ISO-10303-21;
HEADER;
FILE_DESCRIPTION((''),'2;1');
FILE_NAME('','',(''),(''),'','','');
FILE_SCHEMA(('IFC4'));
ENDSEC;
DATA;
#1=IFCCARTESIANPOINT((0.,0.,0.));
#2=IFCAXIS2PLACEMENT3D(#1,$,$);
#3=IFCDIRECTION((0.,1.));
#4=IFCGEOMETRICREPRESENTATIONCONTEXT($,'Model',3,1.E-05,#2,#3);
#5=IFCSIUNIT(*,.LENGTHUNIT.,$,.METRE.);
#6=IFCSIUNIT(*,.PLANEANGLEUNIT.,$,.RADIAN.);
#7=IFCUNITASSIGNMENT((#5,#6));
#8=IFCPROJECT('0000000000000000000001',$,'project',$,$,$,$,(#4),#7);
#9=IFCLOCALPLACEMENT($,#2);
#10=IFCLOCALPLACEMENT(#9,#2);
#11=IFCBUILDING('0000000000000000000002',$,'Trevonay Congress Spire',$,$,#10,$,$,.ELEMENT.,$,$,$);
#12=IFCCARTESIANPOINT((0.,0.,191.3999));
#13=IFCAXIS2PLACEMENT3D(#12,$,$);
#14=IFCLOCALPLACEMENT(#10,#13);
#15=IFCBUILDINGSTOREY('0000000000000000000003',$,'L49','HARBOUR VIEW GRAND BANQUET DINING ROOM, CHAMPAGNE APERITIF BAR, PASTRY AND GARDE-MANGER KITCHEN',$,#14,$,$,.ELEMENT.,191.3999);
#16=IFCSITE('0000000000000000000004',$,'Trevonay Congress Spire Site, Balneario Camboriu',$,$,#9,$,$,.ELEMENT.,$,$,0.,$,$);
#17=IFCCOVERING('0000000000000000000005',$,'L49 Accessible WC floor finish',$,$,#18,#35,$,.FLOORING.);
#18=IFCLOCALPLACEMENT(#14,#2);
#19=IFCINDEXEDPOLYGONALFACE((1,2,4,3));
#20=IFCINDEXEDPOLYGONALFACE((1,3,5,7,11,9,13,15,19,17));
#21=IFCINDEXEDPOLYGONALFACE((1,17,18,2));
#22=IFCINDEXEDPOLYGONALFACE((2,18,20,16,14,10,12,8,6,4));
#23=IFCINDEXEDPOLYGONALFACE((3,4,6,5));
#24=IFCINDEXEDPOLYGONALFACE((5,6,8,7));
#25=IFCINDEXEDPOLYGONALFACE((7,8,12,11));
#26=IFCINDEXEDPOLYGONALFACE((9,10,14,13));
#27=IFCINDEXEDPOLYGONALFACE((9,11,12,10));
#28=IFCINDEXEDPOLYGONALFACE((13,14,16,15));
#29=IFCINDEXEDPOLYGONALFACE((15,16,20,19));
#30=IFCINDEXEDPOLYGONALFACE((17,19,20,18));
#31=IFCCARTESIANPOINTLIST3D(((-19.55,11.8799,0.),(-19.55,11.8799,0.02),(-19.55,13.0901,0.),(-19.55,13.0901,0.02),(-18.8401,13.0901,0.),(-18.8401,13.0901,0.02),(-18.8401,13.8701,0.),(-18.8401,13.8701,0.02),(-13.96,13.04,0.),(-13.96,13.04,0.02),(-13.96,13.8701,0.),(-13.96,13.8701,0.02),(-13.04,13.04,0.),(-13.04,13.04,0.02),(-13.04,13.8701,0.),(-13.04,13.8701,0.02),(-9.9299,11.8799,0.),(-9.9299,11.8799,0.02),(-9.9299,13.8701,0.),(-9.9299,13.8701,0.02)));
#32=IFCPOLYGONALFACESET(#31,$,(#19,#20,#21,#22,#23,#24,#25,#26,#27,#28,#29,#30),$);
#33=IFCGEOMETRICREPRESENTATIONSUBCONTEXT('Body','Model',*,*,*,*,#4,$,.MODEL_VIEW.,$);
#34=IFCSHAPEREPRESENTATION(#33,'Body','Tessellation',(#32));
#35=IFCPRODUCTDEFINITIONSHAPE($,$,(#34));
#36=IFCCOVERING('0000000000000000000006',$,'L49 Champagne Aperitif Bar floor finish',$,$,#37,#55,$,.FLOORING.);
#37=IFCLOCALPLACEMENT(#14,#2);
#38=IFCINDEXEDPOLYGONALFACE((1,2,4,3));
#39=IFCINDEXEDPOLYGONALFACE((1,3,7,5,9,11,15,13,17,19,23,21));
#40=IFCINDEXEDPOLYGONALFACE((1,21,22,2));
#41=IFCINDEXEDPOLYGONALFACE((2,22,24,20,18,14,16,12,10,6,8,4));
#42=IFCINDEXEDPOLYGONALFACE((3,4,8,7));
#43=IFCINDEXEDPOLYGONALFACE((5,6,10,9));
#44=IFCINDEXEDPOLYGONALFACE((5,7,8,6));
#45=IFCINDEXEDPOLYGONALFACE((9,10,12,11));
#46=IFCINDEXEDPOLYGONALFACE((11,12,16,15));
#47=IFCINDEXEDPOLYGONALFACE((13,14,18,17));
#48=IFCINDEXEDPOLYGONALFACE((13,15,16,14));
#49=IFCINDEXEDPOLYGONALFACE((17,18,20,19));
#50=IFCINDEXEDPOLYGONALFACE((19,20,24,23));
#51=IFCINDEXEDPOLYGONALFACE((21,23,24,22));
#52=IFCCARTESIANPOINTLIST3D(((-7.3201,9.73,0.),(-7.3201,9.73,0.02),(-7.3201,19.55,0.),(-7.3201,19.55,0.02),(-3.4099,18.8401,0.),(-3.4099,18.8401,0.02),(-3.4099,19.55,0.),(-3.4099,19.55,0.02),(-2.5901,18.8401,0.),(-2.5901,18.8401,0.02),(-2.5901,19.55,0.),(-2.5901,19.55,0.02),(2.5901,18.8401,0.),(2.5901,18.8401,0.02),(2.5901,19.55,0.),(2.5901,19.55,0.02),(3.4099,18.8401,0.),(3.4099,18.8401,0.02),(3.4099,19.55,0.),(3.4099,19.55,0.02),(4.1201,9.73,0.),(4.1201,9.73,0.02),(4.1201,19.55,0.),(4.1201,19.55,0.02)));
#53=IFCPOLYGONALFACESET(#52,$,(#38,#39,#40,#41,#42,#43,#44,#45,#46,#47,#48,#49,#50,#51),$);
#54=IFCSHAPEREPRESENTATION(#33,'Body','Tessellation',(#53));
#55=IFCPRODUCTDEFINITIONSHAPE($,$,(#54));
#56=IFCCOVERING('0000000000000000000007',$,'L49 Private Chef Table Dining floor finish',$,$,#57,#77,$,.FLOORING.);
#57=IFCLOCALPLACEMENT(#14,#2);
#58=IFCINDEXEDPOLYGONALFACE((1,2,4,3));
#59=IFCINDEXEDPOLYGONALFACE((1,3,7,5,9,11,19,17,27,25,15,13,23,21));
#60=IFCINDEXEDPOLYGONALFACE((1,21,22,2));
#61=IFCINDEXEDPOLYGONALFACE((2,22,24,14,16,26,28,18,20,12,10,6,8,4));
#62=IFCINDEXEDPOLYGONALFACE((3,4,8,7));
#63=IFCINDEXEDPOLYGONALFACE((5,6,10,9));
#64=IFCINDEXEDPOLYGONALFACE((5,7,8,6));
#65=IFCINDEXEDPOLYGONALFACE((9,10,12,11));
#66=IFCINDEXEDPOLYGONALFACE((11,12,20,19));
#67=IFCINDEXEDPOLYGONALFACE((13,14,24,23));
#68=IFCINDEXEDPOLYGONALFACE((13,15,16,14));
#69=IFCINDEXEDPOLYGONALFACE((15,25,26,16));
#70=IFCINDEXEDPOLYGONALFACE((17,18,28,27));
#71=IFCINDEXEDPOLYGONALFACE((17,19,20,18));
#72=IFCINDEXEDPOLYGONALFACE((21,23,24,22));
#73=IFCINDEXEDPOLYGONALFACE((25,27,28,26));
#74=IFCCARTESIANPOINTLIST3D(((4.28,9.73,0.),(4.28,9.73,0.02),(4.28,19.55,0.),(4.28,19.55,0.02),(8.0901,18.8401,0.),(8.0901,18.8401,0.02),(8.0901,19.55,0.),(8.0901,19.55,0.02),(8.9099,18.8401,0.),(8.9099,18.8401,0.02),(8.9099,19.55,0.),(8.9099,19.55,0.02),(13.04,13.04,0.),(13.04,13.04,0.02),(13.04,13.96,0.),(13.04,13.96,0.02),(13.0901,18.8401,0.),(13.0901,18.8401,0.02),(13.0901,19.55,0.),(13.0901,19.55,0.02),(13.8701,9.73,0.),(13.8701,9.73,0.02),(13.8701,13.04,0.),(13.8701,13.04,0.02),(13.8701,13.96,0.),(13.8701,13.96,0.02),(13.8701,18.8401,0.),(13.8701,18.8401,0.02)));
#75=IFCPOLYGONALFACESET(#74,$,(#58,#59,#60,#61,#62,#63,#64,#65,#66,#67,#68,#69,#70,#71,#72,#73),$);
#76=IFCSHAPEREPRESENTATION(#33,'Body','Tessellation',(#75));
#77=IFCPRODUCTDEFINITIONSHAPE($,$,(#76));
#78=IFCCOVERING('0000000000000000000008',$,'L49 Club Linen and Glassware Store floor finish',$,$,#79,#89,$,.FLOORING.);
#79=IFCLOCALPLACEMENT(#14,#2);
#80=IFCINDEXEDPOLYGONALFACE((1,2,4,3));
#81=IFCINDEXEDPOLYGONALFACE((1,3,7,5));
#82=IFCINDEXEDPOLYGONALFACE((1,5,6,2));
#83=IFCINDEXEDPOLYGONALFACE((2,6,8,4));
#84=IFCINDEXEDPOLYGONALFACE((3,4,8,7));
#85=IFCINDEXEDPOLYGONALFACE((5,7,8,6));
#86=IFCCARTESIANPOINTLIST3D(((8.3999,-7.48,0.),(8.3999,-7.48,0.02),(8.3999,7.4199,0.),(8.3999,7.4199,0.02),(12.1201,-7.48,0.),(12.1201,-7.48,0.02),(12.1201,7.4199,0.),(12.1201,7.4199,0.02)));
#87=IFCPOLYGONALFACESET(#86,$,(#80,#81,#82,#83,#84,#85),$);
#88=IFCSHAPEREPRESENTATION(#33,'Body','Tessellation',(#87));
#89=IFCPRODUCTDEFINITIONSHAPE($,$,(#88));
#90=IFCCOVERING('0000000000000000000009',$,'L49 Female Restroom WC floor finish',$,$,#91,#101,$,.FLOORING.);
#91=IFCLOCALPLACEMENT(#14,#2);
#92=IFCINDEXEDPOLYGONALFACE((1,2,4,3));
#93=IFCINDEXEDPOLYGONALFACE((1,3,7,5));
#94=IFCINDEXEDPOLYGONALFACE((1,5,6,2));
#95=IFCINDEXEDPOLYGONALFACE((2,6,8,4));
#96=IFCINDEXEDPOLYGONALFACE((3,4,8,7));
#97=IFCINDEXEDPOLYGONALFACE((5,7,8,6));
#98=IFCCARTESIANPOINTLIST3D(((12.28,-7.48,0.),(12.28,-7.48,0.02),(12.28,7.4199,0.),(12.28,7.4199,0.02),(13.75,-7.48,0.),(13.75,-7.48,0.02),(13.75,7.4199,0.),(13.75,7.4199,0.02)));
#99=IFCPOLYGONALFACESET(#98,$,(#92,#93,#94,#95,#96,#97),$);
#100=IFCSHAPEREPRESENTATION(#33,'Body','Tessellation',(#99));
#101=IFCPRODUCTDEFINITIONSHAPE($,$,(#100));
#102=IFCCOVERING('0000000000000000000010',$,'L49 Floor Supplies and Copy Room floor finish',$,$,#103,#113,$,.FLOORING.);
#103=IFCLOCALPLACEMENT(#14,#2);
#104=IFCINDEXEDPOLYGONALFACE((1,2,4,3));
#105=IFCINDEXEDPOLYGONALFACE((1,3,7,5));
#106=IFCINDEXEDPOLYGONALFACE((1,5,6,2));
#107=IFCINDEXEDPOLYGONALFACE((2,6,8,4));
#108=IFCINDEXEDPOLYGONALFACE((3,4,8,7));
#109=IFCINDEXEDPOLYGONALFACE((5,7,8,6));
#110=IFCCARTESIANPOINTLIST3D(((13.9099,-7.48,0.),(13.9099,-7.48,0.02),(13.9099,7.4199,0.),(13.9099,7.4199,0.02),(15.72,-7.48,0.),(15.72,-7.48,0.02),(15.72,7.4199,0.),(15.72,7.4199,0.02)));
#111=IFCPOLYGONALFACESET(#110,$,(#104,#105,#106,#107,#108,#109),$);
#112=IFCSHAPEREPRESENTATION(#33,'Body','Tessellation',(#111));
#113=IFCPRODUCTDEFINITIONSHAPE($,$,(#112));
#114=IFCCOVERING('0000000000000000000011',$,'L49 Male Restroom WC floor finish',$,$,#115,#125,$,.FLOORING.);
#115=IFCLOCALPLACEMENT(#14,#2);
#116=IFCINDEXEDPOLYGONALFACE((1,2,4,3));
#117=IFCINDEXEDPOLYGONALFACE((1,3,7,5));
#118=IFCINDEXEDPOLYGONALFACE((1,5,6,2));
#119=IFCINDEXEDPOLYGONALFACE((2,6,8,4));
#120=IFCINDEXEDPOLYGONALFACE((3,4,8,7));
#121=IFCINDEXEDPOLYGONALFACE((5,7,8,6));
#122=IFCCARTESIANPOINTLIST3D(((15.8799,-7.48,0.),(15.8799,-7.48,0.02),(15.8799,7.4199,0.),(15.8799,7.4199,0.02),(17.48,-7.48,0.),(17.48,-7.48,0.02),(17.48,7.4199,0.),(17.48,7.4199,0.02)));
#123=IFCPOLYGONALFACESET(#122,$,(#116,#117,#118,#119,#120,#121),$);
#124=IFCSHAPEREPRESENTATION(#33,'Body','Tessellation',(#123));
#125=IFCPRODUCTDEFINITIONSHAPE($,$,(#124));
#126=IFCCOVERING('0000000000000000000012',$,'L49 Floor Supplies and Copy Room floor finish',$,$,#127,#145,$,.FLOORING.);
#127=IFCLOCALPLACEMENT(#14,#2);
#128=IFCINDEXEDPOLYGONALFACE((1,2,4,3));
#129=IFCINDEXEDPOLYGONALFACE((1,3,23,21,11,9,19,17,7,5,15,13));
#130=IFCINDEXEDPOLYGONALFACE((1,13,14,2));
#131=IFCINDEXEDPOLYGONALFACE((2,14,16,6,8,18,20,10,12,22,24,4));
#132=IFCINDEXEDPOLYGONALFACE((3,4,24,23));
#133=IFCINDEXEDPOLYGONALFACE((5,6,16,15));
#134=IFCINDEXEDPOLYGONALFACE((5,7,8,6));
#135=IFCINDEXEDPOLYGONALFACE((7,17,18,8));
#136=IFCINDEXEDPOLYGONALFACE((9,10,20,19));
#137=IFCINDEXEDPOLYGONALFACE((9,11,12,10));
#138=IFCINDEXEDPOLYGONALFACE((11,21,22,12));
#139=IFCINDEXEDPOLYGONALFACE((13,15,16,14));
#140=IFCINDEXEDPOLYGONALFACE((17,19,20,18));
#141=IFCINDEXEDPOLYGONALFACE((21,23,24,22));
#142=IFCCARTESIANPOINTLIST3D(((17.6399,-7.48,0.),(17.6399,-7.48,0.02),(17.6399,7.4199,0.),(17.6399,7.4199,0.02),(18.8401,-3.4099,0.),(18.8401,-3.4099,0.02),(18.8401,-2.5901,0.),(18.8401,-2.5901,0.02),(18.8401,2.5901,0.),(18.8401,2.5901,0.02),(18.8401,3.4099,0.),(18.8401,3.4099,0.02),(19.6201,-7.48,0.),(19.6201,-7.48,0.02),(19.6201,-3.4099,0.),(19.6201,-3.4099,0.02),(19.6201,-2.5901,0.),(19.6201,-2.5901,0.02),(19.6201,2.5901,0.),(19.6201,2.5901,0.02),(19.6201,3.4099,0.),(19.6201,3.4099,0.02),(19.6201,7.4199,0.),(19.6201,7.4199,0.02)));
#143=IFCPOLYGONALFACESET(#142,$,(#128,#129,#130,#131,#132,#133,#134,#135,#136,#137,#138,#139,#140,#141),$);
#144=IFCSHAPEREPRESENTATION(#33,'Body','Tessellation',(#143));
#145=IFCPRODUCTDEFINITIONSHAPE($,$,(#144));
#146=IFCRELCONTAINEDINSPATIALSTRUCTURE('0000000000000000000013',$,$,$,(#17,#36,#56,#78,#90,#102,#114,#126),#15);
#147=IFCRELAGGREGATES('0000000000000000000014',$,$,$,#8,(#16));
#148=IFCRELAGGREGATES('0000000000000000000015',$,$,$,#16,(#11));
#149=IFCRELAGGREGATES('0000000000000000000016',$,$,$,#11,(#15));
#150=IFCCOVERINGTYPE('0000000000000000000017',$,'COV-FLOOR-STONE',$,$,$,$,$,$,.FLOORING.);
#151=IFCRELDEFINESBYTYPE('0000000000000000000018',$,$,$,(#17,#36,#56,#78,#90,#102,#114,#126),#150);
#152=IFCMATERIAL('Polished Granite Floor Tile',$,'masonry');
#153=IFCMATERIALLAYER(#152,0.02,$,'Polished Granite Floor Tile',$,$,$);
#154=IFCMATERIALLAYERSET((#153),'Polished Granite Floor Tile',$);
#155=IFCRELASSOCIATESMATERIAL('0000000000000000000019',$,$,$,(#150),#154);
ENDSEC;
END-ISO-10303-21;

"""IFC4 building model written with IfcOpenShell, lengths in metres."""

from ifc_helpers import new_model, si_unit, direction, frame, origin, place, context, subcontext, project, spatial, polyline, outline, extrude, material, layer, layer_set, type_object, element, save


model = new_model("IFC4")

# Units and contexts
model_context = context("Model", 3, precision=1e-05, world=origin(), true_north=direction((0.0, 1.0)))
body_context = subcontext(model_context, "Body", "Model", "MODEL_VIEW")
ifc_project = project(units=[si_unit("LENGTHUNIT", "METRE"), si_unit("PLANEANGLEUNIT", "RADIAN")], contexts=[model_context])

# Site, building, storey
site_placement = place(None, origin())
site = spatial("IfcSite", under=ifc_project, at=site_placement, Name="Trevonay Congress Spire Site, Balneario Camboriu", CompositionType="ELEMENT", RefElevation=0.0)
building_placement = place(site_placement, origin())
building = spatial("IfcBuilding", under=site, at=building_placement, Name="Trevonay Congress Spire", CompositionType="ELEMENT")
storey_placement = place(building_placement, frame((0.0, 0.0, 191.3999)))
storey = spatial("IfcBuildingStorey", under=building, at=storey_placement, Name="L49", Description="HARBOUR VIEW GRAND BANQUET DINING ROOM, CHAMPAGNE APERITIF BAR, PASTRY AND GARDE-MANGER KITCHEN", CompositionType="ELEMENT", Elevation=191.3999)

# Coverings
ifc_material_1 = material(Name="Polished Granite Floor Tile", Category="masonry")
ifc_layer_1 = layer(ifc_material_1, 0.02, Name="Polished Granite Floor Tile")
ifc_layer_set_1 = layer_set([ifc_layer_1], Name="Polished Granite Floor Tile")
covering_type_1 = type_object("IfcCoveringType", Name="COV-FLOOR-STONE", PredefinedType="FLOORING", material=ifc_layer_set_1)
covering_1_placement = place(storey_placement, origin())
element("IfcCovering", 1, at=covering_1_placement, inside=storey, type_object=covering_type_1, Name="L49 Accessible WC floor finish", PredefinedType="FLOORING", context=body_context, shape_type="SweptSolid", body=[
    extrude(outline(polyline([(-9.9299, 13.8701), (-9.9299, 11.8799), (-19.55, 11.8799), (-19.55, 13.0901), (-18.8401, 13.0901), (-18.8401, 13.8701), (-13.96, 13.8701), (-13.96, 13.04), (-13.04, 13.04), (-13.04, 13.8701), (-9.9299, 13.8701)])), origin(), (0.0, 0.0, 1.0), 0.02),
])
covering_2_placement = place(storey_placement, origin())
element("IfcCovering", 2, at=covering_2_placement, inside=storey, type_object=covering_type_1, Name="L49 Champagne Aperitif Bar floor finish", PredefinedType="FLOORING", context=body_context, shape_type="SweptSolid", body=[
    extrude(outline(polyline([(4.1201, 19.55), (4.1201, 9.73), (-7.3201, 9.73), (-7.3201, 19.55), (-3.4099, 19.55), (-3.4099, 18.8401), (-2.5901, 18.8401), (-2.5901, 19.55), (2.5901, 19.55), (2.5901, 18.8401), (3.4099, 18.8401), (3.4099, 19.55), (4.1201, 19.55)])), origin(), (0.0, 0.0, 1.0), 0.02),
])
covering_3_placement = place(storey_placement, origin())
element("IfcCovering", 3, at=covering_3_placement, inside=storey, type_object=covering_type_1, Name="L49 Private Chef Table Dining floor finish", PredefinedType="FLOORING", context=body_context, shape_type="SweptSolid", body=[
    extrude(outline(polyline([(13.8701, 9.73), (4.28, 9.73), (4.28, 19.55), (8.0901, 19.55), (8.0901, 18.8401), (8.9099, 18.8401), (8.9099, 19.55), (13.0901, 19.55), (13.0901, 18.8401), (13.8701, 18.8401), (13.8701, 13.96), (13.04, 13.96), (13.04, 13.04), (13.8701, 13.04), (13.8701, 9.73)])), origin(), (0.0, 0.0, 1.0), 0.02),
])
covering_4_placement = place(storey_placement, origin())
element("IfcCovering", 4, at=covering_4_placement, inside=storey, type_object=covering_type_1, Name="L49 Club Linen and Glassware Store floor finish", PredefinedType="FLOORING", context=body_context, shape_type="SweptSolid", body=[
    extrude(outline(polyline([(8.3999, -7.48), (12.1201, -7.48), (12.1201, 7.4199), (8.3999, 7.4199), (8.3999, -7.48)])), origin(), (0.0, 0.0, 1.0), 0.02),
])
covering_5_placement = place(storey_placement, origin())
element("IfcCovering", 5, at=covering_5_placement, inside=storey, type_object=covering_type_1, Name="L49 Female Restroom WC floor finish", PredefinedType="FLOORING", context=body_context, shape_type="SweptSolid", body=[
    extrude(outline(polyline([(12.28, -7.48), (13.75, -7.48), (13.75, 7.4199), (12.28, 7.4199), (12.28, -7.48)])), origin(), (0.0, 0.0, 1.0), 0.02),
])
covering_6_placement = place(storey_placement, origin())
element("IfcCovering", 6, at=covering_6_placement, inside=storey, type_object=covering_type_1, Name="L49 Floor Supplies and Copy Room floor finish", PredefinedType="FLOORING", context=body_context, shape_type="SweptSolid", body=[
    extrude(outline(polyline([(13.9099, -7.48), (15.72, -7.48), (15.72, 7.4199), (13.9099, 7.4199), (13.9099, -7.48)])), origin(), (0.0, 0.0, 1.0), 0.02),
])
covering_7_placement = place(storey_placement, origin())
element("IfcCovering", 7, at=covering_7_placement, inside=storey, type_object=covering_type_1, Name="L49 Male Restroom WC floor finish", PredefinedType="FLOORING", context=body_context, shape_type="SweptSolid", body=[
    extrude(outline(polyline([(15.8799, -7.48), (17.48, -7.48), (17.48, 7.4199), (15.8799, 7.4199), (15.8799, -7.48)])), origin(), (0.0, 0.0, 1.0), 0.02),
])
covering_8_placement = place(storey_placement, origin())
element("IfcCovering", 8, at=covering_8_placement, inside=storey, type_object=covering_type_1, Name="L49 Floor Supplies and Copy Room floor finish", PredefinedType="FLOORING", context=body_context, shape_type="SweptSolid", body=[
    extrude(outline(polyline([(19.6201, -7.48), (17.6399, -7.48), (17.6399, 7.4199), (19.6201, 7.4199), (19.6201, 3.4099), (18.8401, 3.4099), (18.8401, 2.5901), (19.6201, 2.5901), (19.6201, -2.5901), (18.8401, -2.5901), (18.8401, -3.4099), (19.6201, -3.4099), (19.6201, -7.48)])), origin(), (0.0, 0.0, 1.0), 0.02),
])

save(model, "model.ifc")
